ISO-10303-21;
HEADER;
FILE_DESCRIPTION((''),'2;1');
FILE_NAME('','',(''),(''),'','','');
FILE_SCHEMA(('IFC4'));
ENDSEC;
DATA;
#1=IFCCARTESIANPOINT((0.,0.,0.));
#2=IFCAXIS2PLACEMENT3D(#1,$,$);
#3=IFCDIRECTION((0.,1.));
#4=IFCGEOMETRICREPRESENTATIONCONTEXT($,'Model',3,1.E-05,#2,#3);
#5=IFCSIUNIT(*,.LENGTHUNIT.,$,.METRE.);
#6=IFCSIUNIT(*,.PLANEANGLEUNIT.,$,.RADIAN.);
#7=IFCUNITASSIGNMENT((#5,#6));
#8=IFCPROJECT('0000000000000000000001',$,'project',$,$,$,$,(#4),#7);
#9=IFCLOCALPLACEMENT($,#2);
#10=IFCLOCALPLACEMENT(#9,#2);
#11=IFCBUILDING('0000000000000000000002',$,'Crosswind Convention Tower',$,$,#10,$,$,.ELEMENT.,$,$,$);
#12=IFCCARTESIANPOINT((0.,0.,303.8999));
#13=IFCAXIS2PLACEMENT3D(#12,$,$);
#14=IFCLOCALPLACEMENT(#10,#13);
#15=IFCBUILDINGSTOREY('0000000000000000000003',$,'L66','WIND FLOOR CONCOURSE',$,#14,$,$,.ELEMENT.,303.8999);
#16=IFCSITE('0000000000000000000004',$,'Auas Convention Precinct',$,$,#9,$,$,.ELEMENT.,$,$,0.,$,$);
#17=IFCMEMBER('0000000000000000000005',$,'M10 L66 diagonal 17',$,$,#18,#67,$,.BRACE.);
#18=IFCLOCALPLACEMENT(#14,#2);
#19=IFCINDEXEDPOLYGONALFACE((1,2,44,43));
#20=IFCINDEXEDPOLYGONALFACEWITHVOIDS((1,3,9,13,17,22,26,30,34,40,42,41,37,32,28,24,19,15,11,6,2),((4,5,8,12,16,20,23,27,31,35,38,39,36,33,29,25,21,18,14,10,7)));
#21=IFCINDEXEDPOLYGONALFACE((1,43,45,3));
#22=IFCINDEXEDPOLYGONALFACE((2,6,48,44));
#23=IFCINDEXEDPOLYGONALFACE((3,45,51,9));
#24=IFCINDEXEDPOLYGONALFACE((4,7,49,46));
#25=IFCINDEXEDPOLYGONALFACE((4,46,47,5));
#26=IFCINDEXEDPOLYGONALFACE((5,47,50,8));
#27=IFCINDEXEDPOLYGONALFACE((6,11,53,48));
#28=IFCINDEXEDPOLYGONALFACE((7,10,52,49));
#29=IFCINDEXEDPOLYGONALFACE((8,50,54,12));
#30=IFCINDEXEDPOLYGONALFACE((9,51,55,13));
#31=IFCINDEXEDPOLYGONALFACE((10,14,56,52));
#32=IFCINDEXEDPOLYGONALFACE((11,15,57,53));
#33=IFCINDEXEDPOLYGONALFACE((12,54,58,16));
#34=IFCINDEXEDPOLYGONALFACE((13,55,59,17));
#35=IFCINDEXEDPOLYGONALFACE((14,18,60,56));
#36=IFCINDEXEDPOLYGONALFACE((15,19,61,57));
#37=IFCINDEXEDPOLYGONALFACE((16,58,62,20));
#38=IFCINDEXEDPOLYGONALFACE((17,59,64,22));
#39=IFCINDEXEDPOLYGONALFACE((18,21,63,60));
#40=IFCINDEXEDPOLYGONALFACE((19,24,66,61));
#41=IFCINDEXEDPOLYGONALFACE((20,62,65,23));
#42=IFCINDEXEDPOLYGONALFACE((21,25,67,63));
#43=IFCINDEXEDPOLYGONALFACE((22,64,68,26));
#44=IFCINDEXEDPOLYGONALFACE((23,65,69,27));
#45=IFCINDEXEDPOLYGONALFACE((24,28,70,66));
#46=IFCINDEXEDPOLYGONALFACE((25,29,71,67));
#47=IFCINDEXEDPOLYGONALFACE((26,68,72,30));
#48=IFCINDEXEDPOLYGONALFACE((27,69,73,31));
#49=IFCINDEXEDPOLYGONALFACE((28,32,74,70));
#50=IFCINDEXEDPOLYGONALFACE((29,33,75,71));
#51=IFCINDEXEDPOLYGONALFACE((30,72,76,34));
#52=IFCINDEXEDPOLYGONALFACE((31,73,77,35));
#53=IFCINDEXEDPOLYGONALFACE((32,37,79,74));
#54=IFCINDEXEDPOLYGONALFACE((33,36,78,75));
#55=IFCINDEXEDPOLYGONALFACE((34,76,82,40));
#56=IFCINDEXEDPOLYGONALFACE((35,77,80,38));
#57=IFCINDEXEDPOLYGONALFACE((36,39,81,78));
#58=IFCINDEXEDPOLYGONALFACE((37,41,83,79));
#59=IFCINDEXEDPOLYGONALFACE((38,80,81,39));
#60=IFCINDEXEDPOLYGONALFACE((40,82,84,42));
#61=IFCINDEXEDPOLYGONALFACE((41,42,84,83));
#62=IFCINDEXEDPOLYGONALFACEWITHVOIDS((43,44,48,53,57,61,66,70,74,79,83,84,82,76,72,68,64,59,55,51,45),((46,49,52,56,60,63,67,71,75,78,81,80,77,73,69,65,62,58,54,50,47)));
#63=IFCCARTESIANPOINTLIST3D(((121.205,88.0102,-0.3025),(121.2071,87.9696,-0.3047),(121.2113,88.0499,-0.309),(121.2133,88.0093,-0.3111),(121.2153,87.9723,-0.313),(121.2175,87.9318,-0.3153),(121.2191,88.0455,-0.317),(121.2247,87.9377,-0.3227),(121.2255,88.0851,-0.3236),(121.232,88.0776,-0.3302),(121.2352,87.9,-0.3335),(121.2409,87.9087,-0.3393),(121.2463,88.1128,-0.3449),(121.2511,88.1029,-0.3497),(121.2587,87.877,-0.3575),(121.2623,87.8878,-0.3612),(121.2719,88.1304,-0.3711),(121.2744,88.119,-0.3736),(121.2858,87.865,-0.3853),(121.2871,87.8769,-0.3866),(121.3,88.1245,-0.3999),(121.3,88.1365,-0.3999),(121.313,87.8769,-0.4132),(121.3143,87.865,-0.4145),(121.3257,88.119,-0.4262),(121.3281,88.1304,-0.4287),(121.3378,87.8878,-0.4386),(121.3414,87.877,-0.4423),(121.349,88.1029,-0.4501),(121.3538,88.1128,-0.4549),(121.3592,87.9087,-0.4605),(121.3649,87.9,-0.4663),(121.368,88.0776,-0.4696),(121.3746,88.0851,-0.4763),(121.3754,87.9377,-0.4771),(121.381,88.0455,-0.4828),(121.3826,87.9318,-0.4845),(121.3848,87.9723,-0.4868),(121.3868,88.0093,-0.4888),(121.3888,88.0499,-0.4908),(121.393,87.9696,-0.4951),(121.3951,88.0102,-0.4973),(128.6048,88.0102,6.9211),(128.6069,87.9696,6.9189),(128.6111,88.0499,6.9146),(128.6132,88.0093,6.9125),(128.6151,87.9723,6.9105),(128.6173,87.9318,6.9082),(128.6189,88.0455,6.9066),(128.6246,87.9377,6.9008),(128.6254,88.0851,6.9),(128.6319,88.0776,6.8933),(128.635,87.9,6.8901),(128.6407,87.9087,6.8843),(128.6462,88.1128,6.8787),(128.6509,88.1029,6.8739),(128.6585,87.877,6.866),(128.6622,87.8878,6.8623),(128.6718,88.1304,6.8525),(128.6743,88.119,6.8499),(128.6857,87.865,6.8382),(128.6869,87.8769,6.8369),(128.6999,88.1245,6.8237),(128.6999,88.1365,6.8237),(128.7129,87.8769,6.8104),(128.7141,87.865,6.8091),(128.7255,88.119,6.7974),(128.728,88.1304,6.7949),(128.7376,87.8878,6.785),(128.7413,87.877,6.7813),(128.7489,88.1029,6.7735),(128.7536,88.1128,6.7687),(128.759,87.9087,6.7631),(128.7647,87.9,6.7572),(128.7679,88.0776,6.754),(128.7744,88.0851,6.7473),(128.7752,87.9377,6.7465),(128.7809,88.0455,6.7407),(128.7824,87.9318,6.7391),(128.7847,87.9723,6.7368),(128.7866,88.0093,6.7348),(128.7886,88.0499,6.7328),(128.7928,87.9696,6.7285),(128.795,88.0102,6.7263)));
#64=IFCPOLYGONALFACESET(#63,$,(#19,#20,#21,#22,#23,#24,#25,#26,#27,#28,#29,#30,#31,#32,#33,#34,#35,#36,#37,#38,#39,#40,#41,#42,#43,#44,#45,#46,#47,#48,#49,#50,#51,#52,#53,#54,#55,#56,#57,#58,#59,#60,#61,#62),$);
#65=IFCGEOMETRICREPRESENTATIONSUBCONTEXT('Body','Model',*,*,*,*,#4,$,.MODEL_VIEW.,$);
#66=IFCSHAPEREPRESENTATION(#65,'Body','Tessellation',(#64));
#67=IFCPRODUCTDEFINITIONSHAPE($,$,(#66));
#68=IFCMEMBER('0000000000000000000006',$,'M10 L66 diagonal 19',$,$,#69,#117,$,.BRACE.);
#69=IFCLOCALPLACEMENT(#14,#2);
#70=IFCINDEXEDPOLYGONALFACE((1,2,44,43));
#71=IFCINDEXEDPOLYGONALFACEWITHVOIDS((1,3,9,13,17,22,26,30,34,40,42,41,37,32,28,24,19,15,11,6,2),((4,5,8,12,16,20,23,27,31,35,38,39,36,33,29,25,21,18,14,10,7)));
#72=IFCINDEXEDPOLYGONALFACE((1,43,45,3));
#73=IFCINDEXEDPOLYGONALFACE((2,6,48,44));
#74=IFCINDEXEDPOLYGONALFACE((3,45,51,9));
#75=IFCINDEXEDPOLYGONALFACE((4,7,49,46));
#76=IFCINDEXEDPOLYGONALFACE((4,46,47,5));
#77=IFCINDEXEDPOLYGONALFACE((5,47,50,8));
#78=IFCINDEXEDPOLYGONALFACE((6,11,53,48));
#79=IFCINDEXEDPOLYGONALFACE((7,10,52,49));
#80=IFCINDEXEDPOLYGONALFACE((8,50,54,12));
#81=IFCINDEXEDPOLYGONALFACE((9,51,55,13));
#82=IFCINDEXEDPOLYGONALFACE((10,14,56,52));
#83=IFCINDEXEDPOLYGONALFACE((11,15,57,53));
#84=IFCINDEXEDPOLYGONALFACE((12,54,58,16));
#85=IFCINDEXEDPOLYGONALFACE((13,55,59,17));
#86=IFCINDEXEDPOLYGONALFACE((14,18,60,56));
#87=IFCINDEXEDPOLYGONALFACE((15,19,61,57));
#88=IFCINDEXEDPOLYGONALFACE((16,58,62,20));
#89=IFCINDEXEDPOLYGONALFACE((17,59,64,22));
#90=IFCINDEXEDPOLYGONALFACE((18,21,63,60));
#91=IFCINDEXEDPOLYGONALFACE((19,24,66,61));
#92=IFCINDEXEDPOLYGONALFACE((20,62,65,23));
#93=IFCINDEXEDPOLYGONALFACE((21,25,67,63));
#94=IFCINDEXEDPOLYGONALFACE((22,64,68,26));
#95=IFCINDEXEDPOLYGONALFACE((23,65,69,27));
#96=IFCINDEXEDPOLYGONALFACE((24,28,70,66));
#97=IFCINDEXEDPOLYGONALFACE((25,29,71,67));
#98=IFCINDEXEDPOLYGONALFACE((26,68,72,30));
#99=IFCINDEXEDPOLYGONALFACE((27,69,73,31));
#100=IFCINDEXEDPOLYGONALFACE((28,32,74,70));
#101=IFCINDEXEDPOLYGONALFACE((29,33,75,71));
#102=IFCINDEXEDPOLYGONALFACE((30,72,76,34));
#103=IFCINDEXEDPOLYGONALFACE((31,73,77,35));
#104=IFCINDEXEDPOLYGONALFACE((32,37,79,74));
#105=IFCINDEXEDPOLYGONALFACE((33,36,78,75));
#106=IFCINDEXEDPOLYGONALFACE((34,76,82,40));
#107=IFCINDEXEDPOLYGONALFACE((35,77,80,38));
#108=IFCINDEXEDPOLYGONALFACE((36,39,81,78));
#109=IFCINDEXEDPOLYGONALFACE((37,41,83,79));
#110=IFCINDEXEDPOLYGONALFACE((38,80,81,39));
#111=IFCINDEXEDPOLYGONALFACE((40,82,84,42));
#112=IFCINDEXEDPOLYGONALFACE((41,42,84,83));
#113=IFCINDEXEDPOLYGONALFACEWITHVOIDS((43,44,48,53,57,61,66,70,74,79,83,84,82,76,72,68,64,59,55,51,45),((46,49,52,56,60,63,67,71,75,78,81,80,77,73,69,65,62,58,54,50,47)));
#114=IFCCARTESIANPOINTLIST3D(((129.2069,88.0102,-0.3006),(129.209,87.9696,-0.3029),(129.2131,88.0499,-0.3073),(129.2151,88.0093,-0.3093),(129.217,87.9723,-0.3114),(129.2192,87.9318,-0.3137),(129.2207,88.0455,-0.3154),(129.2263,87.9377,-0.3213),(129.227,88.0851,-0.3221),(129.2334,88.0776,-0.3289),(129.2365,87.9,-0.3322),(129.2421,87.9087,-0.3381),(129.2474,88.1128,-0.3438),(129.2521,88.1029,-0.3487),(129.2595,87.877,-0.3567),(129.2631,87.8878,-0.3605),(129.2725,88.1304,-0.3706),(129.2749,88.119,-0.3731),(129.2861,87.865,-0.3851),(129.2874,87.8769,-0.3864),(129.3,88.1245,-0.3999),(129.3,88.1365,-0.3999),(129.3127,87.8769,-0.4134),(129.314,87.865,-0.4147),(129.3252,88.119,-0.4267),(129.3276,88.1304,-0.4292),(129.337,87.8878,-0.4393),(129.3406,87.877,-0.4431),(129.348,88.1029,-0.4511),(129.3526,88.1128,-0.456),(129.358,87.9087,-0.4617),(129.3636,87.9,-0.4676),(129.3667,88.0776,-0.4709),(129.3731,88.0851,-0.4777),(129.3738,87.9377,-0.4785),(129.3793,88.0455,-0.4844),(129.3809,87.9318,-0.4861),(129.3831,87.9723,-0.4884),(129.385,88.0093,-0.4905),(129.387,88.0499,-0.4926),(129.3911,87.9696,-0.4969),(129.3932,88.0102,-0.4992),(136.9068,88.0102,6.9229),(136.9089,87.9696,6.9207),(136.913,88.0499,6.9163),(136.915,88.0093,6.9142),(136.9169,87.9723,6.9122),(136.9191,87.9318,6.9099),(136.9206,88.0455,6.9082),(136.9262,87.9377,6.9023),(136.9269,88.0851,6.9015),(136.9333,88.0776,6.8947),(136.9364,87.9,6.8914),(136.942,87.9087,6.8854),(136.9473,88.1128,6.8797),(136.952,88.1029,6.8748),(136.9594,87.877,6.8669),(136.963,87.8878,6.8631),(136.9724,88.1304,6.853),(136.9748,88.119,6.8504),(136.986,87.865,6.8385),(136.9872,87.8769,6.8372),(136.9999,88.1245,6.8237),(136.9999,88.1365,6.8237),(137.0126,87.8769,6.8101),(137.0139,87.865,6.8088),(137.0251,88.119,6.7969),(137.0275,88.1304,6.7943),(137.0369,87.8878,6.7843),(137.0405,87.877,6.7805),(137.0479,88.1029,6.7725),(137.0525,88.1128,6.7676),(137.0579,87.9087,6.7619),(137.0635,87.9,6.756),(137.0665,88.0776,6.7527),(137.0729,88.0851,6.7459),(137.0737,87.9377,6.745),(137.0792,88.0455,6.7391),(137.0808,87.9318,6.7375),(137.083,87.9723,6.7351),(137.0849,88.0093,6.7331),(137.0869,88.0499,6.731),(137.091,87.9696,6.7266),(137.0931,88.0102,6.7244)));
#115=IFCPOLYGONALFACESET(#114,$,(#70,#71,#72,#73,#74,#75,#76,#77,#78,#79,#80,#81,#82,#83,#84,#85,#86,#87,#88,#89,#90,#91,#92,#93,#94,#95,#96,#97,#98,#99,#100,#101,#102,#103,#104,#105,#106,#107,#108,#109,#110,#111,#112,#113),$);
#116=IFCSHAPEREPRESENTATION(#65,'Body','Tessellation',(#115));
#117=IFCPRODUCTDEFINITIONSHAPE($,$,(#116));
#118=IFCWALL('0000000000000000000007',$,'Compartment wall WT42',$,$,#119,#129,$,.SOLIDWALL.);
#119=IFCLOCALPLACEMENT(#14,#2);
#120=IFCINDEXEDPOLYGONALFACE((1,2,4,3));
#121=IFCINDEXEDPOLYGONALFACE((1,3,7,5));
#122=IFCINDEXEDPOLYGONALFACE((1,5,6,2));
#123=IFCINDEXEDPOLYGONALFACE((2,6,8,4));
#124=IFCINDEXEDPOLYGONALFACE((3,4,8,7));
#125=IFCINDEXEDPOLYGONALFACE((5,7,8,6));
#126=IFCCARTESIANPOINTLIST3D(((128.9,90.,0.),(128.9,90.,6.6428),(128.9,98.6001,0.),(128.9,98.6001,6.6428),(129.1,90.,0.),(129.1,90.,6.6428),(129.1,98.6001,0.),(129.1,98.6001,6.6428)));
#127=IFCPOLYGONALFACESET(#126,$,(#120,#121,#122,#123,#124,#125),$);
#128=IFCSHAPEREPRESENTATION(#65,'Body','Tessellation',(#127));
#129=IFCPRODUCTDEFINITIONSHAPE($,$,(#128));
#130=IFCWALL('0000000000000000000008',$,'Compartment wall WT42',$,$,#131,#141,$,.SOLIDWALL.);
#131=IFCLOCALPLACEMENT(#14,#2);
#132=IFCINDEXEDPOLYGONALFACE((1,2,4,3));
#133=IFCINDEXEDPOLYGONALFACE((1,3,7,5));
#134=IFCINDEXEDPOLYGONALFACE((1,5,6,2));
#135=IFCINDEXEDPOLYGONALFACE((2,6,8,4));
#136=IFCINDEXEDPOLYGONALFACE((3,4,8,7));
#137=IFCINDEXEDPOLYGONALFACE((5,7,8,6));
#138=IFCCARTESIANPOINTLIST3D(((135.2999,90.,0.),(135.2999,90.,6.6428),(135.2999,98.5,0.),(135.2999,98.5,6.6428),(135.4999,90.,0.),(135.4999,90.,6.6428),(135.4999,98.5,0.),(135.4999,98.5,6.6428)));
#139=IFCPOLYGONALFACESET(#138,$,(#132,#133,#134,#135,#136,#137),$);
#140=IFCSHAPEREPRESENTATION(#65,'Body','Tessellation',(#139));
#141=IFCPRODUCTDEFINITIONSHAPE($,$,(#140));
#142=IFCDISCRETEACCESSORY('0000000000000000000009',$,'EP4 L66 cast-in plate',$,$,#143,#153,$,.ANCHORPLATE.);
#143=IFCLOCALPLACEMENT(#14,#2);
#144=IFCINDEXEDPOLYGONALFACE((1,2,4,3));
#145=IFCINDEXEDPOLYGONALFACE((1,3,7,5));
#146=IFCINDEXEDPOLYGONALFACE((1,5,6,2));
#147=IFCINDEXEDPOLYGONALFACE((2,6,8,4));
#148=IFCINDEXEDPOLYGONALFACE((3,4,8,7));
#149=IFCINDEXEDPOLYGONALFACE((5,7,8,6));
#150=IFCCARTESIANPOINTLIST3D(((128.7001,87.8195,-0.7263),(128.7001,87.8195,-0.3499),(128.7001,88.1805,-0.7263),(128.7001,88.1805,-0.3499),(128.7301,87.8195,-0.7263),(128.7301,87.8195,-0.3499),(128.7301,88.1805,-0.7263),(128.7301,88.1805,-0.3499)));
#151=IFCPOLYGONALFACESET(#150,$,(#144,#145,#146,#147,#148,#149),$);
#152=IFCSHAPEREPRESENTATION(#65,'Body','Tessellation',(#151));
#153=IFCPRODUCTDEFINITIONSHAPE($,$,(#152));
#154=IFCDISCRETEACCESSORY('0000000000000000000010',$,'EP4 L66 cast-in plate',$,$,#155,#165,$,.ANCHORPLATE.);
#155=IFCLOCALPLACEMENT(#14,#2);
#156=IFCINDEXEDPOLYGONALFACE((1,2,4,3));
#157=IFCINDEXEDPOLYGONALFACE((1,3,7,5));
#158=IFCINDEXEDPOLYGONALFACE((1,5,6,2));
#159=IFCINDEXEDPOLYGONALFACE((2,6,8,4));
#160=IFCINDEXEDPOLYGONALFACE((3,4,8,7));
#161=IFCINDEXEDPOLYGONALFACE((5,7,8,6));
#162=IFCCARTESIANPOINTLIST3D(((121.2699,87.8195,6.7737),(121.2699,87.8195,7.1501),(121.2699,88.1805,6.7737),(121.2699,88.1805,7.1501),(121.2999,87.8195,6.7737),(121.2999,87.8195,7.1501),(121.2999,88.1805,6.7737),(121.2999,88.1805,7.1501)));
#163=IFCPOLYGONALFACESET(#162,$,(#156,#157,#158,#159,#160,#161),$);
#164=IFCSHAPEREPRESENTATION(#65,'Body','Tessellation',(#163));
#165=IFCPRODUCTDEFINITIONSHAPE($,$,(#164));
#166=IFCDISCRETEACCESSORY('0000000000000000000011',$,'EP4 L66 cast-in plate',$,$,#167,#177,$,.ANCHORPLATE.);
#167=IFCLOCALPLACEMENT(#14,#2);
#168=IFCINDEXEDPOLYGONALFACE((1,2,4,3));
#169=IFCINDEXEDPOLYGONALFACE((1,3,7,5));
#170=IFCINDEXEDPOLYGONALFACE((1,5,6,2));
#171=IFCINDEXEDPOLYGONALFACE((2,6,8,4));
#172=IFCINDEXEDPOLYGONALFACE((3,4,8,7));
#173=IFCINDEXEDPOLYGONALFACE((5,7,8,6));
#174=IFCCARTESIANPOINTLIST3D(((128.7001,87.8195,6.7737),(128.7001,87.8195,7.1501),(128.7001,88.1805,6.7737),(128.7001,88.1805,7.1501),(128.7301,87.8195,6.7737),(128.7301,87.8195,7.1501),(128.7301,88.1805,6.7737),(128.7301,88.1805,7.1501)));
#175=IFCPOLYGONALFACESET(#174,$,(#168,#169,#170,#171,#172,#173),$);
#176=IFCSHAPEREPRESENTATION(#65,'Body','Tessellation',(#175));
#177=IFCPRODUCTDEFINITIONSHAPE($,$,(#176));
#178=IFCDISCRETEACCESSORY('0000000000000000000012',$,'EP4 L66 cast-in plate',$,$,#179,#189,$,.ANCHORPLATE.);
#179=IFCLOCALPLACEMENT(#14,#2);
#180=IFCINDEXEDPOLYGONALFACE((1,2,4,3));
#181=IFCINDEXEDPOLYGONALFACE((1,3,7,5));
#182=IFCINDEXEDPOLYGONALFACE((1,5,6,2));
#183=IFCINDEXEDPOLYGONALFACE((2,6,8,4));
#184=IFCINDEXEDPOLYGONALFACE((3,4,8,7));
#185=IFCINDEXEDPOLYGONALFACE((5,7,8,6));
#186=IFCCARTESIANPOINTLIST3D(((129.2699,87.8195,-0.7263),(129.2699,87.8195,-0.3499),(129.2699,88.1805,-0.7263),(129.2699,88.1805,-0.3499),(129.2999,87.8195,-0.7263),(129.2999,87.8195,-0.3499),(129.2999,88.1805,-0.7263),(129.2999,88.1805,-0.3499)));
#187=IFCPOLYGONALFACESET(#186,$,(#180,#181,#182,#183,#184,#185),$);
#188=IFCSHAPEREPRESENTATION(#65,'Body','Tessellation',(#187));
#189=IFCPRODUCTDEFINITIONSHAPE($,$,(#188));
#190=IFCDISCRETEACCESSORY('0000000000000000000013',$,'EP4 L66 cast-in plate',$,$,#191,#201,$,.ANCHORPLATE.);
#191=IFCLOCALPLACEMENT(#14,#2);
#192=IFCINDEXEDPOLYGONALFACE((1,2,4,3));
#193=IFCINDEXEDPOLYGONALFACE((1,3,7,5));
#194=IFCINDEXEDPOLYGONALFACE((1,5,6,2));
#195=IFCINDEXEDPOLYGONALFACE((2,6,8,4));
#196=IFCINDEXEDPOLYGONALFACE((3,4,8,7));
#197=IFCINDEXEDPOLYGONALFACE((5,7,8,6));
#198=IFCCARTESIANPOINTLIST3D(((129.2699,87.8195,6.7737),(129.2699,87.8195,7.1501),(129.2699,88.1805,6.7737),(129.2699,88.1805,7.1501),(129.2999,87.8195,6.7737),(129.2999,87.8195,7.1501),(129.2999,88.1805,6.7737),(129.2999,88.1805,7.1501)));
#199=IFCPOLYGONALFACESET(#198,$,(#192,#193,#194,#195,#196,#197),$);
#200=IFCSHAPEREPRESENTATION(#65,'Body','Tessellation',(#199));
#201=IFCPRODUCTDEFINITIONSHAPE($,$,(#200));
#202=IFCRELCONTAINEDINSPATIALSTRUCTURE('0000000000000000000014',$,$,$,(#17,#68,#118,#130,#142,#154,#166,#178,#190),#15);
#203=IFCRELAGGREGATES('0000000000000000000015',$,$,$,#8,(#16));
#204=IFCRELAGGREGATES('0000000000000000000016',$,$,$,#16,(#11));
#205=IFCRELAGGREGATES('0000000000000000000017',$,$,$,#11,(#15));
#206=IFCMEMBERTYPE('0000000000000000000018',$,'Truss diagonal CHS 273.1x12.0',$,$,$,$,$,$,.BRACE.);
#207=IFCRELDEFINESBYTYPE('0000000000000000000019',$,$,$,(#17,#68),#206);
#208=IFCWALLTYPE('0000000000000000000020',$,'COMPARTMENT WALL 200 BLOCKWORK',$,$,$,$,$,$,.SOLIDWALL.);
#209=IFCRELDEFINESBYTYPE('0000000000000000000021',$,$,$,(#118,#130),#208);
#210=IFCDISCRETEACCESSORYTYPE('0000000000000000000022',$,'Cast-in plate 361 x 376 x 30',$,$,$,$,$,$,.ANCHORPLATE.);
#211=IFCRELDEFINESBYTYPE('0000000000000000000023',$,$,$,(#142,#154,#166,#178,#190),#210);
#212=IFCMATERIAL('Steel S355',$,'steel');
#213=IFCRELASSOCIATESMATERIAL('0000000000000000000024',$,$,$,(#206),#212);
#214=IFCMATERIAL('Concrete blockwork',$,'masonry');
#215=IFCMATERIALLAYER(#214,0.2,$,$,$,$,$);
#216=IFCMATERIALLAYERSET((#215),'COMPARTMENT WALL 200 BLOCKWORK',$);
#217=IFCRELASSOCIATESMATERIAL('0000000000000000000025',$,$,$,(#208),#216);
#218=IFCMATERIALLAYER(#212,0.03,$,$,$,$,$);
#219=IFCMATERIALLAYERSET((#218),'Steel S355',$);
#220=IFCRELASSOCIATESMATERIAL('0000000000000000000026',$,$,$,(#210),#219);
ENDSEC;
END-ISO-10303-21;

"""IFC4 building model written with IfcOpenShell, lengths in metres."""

from ifc_helpers import new_model, si_unit, direction, frame, frame_2d, origin, origin_2d, place, context, subcontext, project, spatial, rectangle, hollow_circle, extrude, material, layer, layer_set, material_profile, profile_set, type_object, element, save


model = new_model("IFC4")

# Units and contexts
model_context = context("Model", 3, precision=1e-05, world=origin(), true_north=direction((0.0, 1.0)))
body_context = subcontext(model_context, "Body", "Model", "MODEL_VIEW")
ifc_project = project(units=[si_unit("LENGTHUNIT", "METRE"), si_unit("PLANEANGLEUNIT", "RADIAN")], contexts=[model_context])

# Site, building, storey
site_placement = place(None, origin())
site = spatial("IfcSite", under=ifc_project, at=site_placement, Name="Auas Convention Precinct", CompositionType="ELEMENT", RefElevation=0.0)
building_placement = place(site_placement, origin())
building = spatial("IfcBuilding", under=site, at=building_placement, Name="Crosswind Convention Tower", CompositionType="ELEMENT")
storey_placement = place(building_placement, frame((0.0, 0.0, 303.8999)))
storey = spatial("IfcBuildingStorey", under=building, at=storey_placement, Name="L66", Description="WIND FLOOR CONCOURSE", CompositionType="ELEMENT", Elevation=303.8999)

# Shared definitions
ifc_material_1 = material(Name="Steel S355", Category="steel")

# Members
ifc_material_profile_1 = material_profile(ifc_material_1, hollow_circle(Radius=0.1365, WallThickness=0.012, at=origin_2d()), Name="CHS 273.1x12.0")
ifc_profile_set_1 = profile_set([ifc_material_profile_1], Name="Steel S355")
member_type_1 = type_object("IfcMemberType", Name="Truss diagonal CHS 273.1x12.0", PredefinedType="BRACE", material=ifc_profile_set_1)
member_1_placement = place(storey_placement, frame((121.3, 88.0, -0.3999), z_axis=(0.715578, 0.0, 0.698533), x_axis=(0.0, 1.0, 0.0)))
element("IfcMember", 1, at=member_1_placement, inside=storey, type_object=member_type_1, Name="M10 L66 diagonal 17", PredefinedType="BRACE", context=body_context, shape_type="SweptSolid", body=[
    extrude(hollow_circle(Radius=0.1365, WallThickness=0.012, at=origin_2d()), origin(), (0.0, 0.0, 1.0), 10.3411),
])
member_2_placement = place(storey_placement, frame((129.3, 88.0, -0.3999), z_axis=(0.729304, 0.0, 0.68419), x_axis=(0.0, 1.0, 0.0)))
element("IfcMember", 2, at=member_2_placement, inside=storey, type_object=member_type_1, Name="M10 L66 diagonal 19", PredefinedType="BRACE", context=body_context, shape_type="SweptSolid", body=[
    extrude(hollow_circle(Radius=0.1365, WallThickness=0.012, at=origin_2d()), origin(), (0.0, 0.0, 1.0), 10.5579),
])

# Walls
ifc_material_2 = material(Name="Concrete blockwork", Category="masonry")
ifc_layer_1 = layer(ifc_material_2, 0.2)
ifc_layer_set_1 = layer_set([ifc_layer_1], Name="COMPARTMENT WALL 200 BLOCKWORK")
wall_type = type_object("IfcWallType", Name="COMPARTMENT WALL 200 BLOCKWORK", PredefinedType="SOLIDWALL", material=ifc_layer_set_1)
wall_1_placement = place(storey_placement, frame((129.0, 90.0, 0.0), z_axis=(0.0, 0.0, 1.0), x_axis=(0.0, 1.0, 0.0)))
element("IfcWall", 3, at=wall_1_placement, inside=storey, type_object=wall_type, Name="Compartment wall WT42", PredefinedType="SOLIDWALL", context=body_context, shape_type="SweptSolid", body=[
    extrude(rectangle(XDim=8.6001, YDim=0.2, at=frame_2d((4.3, 0.0))), origin(), (0.0, 0.0, 1.0), 6.6428),
])
wall_2_placement = place(storey_placement, frame((135.3999, 90.0, 0.0), z_axis=(0.0, 0.0, 1.0), x_axis=(0.0, 1.0, 0.0)))
element("IfcWall", 4, at=wall_2_placement, inside=storey, type_object=wall_type, Name="Compartment wall WT42", PredefinedType="SOLIDWALL", context=body_context, shape_type="SweptSolid", body=[
    extrude(rectangle(XDim=8.5, YDim=0.2, at=frame_2d((4.25, 0.0))), origin(), (0.0, 0.0, 1.0), 6.6428),
])

# Discrete accessories
ifc_layer_2 = layer(ifc_material_1, 0.03)
ifc_layer_set_2 = layer_set([ifc_layer_2], Name="Steel S355")
discrete_accessory_type_1 = type_object("IfcDiscreteAccessoryType", Name="Cast-in plate 361 x 376 x 30", PredefinedType="ANCHORPLATE", material=ifc_layer_set_2)
for number, where, z_axis, x_axis, name in (
    (5, (128.7151, 88.0, -0.7263), (0.0, 0.0, 1.0), (1.0, 0.0, 0.0), "EP4 L66 cast-in plate"),
    (6, (121.2849, 88.0, 6.7737), (0.0, 0.0, 1.0), (1.0, 0.0, 0.0), "EP4 L66 cast-in plate"),
    (7, (128.7151, 88.0, 6.7737), (0.0, 0.0, 1.0), (1.0, 0.0, 0.0), "EP4 L66 cast-in plate"),
    (8, (129.2849, 88.0, -0.7263), (0.0, 0.0, 1.0), (1.0, 0.0, 0.0), "EP4 L66 cast-in plate"),
    (9, (129.2849, 88.0, 6.7737), (0.0, 0.0, 1.0), (1.0, 0.0, 0.0), "EP4 L66 cast-in plate"),
):
    element("IfcDiscreteAccessory", number, at=place(storey_placement, frame(where, z_axis=z_axis, x_axis=x_axis)), inside=storey, type_object=discrete_accessory_type_1, Name=name, PredefinedType="ANCHORPLATE", context=body_context, shape_type="SweptSolid", body=[
        extrude(rectangle(XDim=0.03, YDim=0.3611, at=origin_2d()), origin(), (0.0, 0.0, 1.0), 0.3765),
    ])

save(model, "model.ifc")
